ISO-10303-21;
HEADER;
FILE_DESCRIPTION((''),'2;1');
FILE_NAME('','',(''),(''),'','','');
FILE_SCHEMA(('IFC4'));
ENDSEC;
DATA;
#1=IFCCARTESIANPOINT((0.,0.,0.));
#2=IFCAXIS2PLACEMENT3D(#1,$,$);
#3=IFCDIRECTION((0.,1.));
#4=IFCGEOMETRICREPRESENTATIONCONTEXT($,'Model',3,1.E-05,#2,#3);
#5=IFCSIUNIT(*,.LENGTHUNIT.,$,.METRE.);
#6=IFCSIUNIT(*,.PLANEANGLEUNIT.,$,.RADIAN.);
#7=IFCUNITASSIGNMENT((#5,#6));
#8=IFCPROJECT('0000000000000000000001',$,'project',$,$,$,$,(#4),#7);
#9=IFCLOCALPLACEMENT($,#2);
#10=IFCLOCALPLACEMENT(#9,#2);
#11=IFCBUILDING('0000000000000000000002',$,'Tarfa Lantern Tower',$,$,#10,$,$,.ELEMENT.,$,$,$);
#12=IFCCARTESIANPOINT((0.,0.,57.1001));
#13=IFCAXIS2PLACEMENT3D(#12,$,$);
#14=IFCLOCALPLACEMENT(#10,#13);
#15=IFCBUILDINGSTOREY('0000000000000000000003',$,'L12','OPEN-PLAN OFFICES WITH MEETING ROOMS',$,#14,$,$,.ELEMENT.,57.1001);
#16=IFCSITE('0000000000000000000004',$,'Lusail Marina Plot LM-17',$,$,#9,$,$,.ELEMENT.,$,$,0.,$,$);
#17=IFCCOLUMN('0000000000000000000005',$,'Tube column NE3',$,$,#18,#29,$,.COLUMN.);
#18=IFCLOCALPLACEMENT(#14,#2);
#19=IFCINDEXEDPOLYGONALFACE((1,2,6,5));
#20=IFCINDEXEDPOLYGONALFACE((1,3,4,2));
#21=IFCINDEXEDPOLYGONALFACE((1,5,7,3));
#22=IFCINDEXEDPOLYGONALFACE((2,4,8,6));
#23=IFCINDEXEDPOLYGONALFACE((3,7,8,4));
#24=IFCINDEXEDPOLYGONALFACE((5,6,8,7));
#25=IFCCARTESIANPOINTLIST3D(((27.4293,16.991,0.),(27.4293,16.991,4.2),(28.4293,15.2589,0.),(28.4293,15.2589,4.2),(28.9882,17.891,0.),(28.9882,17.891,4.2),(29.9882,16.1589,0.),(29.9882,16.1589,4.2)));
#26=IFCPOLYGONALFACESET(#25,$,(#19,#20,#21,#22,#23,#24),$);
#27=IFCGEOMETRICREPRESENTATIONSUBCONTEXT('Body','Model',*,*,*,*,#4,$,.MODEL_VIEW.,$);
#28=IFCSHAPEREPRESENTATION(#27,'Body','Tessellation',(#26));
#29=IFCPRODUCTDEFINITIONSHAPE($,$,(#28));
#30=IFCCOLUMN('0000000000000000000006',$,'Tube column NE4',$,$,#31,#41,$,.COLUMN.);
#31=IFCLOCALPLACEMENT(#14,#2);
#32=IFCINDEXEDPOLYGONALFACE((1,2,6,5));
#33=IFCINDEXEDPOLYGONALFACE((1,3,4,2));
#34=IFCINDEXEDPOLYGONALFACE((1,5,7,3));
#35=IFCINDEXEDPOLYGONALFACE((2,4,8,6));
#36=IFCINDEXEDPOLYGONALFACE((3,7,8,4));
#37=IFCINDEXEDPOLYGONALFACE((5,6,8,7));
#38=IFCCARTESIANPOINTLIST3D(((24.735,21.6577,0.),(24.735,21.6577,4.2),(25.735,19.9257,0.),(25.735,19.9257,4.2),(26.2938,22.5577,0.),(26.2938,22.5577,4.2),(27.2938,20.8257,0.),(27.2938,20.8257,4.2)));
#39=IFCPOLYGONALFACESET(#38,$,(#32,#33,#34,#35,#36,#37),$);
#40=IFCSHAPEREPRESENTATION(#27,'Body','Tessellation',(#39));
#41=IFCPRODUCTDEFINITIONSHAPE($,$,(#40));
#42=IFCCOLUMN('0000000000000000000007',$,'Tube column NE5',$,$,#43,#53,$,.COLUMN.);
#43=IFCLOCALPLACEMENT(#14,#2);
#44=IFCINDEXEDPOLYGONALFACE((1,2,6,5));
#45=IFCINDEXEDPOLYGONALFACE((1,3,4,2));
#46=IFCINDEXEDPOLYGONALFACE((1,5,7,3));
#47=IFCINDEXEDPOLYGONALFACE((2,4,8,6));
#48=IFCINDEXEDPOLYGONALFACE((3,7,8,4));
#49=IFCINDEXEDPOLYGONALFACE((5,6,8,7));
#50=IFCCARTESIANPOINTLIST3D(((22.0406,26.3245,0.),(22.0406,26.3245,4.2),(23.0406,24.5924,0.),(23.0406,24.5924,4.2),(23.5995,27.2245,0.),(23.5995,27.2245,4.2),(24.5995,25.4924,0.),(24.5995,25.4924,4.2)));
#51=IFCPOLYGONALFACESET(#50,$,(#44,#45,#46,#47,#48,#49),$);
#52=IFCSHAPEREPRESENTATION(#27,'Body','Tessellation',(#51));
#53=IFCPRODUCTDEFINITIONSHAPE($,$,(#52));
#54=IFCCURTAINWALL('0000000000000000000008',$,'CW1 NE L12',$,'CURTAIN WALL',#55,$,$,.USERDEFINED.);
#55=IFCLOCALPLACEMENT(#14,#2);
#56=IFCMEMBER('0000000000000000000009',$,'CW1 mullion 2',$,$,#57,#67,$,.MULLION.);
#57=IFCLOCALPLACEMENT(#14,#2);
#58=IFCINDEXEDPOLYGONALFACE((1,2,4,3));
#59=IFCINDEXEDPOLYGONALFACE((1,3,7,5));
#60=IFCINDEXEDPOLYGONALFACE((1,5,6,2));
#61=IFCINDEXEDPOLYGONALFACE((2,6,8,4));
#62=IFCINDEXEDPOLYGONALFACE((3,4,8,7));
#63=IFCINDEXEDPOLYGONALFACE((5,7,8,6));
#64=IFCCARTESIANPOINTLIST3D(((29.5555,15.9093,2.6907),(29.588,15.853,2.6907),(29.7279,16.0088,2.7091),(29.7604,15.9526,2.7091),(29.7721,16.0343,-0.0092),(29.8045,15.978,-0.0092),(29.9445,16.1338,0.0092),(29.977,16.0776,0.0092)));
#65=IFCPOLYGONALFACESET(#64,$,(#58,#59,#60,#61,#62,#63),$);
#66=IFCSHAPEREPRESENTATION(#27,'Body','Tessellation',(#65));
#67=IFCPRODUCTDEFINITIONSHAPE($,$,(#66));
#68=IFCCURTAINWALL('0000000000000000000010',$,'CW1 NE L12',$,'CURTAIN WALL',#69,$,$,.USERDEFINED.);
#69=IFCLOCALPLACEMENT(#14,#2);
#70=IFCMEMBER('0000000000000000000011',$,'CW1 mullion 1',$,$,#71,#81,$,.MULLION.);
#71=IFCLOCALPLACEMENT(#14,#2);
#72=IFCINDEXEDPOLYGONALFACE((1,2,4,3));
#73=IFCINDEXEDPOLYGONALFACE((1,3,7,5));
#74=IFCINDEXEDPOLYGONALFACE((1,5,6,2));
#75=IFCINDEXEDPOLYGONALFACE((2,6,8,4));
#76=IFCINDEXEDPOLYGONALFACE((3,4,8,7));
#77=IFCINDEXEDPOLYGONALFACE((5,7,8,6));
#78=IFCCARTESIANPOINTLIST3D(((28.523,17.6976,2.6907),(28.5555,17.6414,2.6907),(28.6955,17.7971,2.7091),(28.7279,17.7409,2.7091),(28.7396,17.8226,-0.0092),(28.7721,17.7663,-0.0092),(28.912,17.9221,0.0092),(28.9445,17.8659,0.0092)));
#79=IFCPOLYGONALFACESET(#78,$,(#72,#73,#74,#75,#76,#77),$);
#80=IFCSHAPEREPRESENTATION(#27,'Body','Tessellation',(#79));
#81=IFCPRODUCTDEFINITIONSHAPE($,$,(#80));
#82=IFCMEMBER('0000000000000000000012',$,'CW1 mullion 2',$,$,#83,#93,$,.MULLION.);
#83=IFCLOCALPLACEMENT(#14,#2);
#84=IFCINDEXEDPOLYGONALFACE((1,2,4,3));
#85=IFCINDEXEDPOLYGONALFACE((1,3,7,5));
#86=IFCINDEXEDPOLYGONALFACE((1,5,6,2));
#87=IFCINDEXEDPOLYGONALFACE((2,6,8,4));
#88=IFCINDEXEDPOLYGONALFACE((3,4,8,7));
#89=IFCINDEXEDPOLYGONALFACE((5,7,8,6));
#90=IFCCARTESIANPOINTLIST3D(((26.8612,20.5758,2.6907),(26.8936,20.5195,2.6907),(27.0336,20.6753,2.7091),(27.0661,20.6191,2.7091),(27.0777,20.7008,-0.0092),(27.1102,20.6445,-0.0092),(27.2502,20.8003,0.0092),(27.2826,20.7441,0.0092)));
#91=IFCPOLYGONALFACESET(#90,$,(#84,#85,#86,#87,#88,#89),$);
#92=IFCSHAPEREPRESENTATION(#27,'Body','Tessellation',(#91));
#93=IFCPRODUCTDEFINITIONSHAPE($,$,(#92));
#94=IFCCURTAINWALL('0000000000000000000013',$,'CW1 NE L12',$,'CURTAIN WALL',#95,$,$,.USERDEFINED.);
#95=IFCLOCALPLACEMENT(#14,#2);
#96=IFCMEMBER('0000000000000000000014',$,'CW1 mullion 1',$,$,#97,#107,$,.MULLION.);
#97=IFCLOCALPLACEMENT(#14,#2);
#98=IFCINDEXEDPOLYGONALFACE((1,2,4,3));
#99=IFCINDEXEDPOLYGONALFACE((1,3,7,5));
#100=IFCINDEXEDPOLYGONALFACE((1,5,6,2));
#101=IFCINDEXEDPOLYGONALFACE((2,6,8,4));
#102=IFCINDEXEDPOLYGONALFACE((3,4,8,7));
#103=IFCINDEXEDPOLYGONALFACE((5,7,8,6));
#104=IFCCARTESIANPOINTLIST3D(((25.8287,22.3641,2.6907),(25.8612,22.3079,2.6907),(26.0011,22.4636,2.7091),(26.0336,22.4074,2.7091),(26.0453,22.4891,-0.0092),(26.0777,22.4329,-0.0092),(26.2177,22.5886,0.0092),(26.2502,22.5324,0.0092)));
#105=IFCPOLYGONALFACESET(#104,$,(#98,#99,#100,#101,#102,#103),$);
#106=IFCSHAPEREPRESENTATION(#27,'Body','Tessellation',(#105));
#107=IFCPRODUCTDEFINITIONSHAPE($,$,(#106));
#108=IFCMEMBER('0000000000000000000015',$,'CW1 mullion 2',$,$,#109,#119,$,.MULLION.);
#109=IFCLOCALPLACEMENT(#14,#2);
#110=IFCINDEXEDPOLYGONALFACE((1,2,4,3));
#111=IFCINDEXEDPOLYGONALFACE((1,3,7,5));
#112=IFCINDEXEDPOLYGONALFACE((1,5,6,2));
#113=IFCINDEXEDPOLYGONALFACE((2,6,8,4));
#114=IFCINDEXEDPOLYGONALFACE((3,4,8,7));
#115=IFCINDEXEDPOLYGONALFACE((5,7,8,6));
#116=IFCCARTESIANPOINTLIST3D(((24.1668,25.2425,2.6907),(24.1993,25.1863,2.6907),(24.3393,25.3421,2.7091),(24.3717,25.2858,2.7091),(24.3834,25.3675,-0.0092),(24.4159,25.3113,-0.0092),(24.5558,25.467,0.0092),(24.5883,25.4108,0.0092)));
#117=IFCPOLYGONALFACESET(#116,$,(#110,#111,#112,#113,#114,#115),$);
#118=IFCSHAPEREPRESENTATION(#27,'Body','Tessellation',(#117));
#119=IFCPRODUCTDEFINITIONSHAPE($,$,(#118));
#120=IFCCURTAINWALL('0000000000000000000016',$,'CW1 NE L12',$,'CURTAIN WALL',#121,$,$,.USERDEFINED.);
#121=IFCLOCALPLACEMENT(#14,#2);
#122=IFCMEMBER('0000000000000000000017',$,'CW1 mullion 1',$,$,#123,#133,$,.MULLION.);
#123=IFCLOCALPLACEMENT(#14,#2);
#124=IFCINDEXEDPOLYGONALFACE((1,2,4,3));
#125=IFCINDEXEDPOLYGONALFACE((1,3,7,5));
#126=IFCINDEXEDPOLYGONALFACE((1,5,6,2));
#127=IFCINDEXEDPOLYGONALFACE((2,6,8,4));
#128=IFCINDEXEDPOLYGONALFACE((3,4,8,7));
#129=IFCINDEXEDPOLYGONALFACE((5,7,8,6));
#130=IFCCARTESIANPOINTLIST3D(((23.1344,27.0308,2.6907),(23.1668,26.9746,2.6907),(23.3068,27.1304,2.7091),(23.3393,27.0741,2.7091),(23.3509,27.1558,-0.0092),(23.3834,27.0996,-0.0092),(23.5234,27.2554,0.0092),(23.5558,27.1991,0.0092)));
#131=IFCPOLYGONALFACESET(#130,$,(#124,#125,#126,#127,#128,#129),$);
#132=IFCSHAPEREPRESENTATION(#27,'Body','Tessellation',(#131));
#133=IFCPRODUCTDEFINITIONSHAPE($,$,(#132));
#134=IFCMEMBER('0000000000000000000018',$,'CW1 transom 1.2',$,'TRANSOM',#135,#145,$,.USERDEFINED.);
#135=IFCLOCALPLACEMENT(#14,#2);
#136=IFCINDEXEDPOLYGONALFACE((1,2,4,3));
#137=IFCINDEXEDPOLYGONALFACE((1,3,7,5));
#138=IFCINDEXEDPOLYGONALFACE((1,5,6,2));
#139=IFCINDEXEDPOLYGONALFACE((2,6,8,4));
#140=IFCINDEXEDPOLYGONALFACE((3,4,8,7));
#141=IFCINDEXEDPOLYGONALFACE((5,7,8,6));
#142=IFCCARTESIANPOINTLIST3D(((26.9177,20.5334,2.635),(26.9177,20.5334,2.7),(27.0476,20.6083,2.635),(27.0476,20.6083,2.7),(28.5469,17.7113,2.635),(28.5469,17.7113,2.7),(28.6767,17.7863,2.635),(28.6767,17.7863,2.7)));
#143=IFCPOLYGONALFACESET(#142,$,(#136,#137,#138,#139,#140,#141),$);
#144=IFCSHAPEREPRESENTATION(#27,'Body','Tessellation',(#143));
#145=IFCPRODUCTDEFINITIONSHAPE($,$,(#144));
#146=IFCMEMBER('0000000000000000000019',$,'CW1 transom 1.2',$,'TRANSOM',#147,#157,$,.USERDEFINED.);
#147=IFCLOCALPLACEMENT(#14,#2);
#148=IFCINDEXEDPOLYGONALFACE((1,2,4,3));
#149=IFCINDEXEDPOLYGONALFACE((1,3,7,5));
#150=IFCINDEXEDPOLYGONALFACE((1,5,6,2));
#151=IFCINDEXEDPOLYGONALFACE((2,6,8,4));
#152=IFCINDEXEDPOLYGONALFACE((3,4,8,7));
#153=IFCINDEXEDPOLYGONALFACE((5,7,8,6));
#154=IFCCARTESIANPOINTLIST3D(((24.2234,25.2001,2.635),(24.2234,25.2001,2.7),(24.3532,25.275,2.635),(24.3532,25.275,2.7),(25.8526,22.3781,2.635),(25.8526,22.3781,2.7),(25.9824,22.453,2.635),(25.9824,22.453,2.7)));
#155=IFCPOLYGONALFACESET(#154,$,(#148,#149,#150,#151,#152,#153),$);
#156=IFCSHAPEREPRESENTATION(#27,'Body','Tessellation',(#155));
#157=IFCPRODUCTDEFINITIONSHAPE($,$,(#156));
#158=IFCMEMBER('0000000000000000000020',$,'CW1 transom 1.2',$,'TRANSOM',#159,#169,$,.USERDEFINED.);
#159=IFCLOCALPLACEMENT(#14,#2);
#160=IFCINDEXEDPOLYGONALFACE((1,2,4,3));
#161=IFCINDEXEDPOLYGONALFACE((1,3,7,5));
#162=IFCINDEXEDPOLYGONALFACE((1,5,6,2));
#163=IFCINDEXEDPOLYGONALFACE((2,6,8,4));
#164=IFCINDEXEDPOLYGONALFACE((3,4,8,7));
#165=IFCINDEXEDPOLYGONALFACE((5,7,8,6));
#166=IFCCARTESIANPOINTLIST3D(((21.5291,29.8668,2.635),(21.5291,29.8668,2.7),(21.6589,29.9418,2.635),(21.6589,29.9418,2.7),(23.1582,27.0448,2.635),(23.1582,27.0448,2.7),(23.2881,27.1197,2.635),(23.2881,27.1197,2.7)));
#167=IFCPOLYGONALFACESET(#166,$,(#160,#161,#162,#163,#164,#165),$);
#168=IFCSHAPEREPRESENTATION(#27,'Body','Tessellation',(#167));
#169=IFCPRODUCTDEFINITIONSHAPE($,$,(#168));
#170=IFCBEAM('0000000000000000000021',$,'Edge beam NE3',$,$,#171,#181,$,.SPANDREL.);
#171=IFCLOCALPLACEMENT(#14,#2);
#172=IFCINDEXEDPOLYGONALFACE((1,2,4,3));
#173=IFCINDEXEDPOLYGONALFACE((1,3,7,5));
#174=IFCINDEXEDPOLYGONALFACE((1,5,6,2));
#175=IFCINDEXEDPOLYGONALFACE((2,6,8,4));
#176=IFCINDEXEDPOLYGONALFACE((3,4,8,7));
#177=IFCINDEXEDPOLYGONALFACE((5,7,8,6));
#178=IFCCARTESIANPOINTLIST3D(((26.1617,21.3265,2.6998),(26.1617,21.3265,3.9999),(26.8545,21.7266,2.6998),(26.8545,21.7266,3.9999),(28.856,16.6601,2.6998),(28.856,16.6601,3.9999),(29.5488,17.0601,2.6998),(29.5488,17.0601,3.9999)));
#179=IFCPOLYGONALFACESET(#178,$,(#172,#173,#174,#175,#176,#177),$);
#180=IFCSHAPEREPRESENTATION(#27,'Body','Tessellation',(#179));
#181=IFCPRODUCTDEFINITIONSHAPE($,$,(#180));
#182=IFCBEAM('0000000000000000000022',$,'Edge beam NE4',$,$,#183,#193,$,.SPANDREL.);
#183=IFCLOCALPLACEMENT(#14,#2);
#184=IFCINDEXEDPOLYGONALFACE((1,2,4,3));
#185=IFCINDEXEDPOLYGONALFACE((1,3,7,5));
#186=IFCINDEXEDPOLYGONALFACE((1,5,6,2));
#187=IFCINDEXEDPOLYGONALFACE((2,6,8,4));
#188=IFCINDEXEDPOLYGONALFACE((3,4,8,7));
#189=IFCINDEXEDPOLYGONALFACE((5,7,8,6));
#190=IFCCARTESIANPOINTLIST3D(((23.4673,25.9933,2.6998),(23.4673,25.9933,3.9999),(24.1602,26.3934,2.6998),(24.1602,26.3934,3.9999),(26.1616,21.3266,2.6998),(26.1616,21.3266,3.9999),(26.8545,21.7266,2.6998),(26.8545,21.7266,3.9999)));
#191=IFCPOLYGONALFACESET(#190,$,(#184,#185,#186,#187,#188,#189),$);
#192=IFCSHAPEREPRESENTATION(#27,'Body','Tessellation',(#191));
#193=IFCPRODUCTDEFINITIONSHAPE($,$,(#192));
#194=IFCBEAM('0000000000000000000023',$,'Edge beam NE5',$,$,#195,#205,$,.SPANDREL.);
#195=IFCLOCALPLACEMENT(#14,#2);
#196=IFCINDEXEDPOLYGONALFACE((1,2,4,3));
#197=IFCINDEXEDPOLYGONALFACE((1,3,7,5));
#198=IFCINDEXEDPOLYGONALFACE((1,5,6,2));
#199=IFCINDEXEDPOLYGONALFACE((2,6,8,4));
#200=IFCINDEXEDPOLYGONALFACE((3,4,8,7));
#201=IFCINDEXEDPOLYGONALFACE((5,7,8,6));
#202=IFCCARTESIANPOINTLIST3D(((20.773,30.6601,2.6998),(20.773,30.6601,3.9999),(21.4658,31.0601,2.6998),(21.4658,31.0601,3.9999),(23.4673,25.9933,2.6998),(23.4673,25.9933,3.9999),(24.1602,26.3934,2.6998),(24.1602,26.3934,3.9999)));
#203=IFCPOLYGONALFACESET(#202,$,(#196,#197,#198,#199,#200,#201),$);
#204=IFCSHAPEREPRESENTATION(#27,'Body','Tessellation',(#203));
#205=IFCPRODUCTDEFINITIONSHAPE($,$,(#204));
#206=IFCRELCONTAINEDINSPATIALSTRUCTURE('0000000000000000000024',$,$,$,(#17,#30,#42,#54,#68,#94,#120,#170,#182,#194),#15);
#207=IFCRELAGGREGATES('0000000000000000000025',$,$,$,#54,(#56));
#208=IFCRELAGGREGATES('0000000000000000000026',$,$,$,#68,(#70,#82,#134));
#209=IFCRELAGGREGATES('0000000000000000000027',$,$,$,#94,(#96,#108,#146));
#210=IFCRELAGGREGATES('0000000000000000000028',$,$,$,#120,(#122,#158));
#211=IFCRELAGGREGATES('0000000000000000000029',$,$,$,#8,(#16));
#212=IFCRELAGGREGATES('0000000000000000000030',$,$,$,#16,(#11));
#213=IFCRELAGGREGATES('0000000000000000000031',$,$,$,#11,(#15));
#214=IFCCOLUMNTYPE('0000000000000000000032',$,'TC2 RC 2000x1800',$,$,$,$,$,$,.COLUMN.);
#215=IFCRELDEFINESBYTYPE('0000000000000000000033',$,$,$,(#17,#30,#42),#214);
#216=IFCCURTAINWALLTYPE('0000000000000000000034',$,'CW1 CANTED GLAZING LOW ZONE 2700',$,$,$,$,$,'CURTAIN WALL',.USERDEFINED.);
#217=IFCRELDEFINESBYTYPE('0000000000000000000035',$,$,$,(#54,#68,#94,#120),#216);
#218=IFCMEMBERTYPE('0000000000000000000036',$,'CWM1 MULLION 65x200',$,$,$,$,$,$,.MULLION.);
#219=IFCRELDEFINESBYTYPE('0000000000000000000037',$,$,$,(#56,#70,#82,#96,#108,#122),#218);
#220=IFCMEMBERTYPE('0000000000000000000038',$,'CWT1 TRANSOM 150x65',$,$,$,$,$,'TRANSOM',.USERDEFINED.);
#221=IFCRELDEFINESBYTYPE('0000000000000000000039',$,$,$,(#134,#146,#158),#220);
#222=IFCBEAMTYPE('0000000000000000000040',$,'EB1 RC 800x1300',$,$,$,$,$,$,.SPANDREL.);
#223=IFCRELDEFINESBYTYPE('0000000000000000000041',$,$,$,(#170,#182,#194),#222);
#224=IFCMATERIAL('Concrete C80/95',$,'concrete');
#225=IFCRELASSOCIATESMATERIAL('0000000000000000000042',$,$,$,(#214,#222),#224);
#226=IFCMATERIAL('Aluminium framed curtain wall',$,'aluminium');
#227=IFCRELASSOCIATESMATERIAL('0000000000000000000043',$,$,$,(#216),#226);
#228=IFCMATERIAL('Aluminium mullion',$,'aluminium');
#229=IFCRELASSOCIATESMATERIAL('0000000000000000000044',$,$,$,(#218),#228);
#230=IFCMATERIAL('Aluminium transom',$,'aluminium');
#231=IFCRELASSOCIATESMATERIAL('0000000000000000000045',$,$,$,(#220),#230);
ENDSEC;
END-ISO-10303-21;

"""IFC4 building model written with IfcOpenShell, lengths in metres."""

from ifc_helpers import new_model, si_unit, direction, frame, origin, origin_2d, place, context, subcontext, project, spatial, rectangle, extrude, material, material_profile, profile_set, type_object, element, aggregate, save


model = new_model("IFC4")

# Units and contexts
model_context = context("Model", 3, precision=1e-05, world=origin(), true_north=direction((0.0, 1.0)))
body_context = subcontext(model_context, "Body", "Model", "MODEL_VIEW")
ifc_project = project(units=[si_unit("LENGTHUNIT", "METRE"), si_unit("PLANEANGLEUNIT", "RADIAN")], contexts=[model_context])

# Site, building, storey
site_placement = place(None, origin())
site = spatial("IfcSite", under=ifc_project, at=site_placement, Name="Lusail Marina Plot LM-17", CompositionType="ELEMENT", RefElevation=0.0)
building_placement = place(site_placement, origin())
building = spatial("IfcBuilding", under=site, at=building_placement, Name="Tarfa Lantern Tower", CompositionType="ELEMENT")
storey_placement = place(building_placement, frame((0.0, 0.0, 57.1001)))
storey = spatial("IfcBuildingStorey", under=building, at=storey_placement, Name="L12", Description="OPEN-PLAN OFFICES WITH MEETING ROOMS", CompositionType="ELEMENT", Elevation=57.1001)

# Columns
ifc_material_1 = material(Name="Concrete C80/95", Category="concrete")
ifc_material_profile_1 = material_profile(ifc_material_1, rectangle(XDim=2.0, YDim=1.8, at=origin_2d()), Name="RC 2000x1800")
ifc_profile_set_1 = profile_set([ifc_material_profile_1], Name="Concrete C80/95")
column_type = type_object("IfcColumnType", Name="TC2 RC 2000x1800", PredefinedType="COLUMN", material=ifc_profile_set_1)
for number, where, z_axis, x_axis, name in (
    (1, (28.7087, 16.575, 0.0), (0.0, 0.0, 1.0), (-0.5, 0.866025, 0.0), "Tube column NE3"),
    (2, (26.0144, 21.2417, 0.0), (0.0, 0.0, 1.0), (-0.5, 0.866025, 0.0), "Tube column NE4"),
    (3, (23.3201, 25.9084, 0.0), (0.0, 0.0, 1.0), (-0.5, 0.866025, 0.0), "Tube column NE5"),
):
    element("IfcColumn", number, at=place(storey_placement, frame(where, z_axis=z_axis, x_axis=x_axis)), inside=storey, type_object=column_type, Name=name, PredefinedType="COLUMN", context=body_context, shape_type="SweptSolid", body=[
        extrude(rectangle(XDim=2.0, YDim=1.8, at=origin_2d()), origin(), (0.0, 0.0, 1.0), 4.2),
    ])

# Curtain wall, member
ifc_material_2 = material(Name="Aluminium framed curtain wall", Category="aluminium")
curtain_wall_type = type_object("IfcCurtainWallType", Name="CW1 CANTED GLAZING LOW ZONE 2700", ElementType="CURTAIN WALL", PredefinedType="USERDEFINED", material=ifc_material_2)
curtain_wall_1_placement = place(storey_placement, origin())
curtain_wall_1 = element("IfcCurtainWall", 4, at=curtain_wall_1_placement, inside=storey, type_object=curtain_wall_type, Name="CW1 NE L12", ObjectType="CURTAIN WALL", PredefinedType="USERDEFINED")
ifc_material_3 = material(Name="Aluminium mullion", Category="aluminium")
ifc_material_profile_2 = material_profile(ifc_material_3, rectangle(XDim=0.0649, YDim=0.2, at=origin_2d()), Name="AL MULLION 65x200")
ifc_profile_set_2 = profile_set([ifc_material_profile_2], Name="Aluminium mullion")
member_type_1 = type_object("IfcMemberType", Name="CWM1 MULLION 65x200", PredefinedType="MULLION", material=ifc_profile_set_2)
member_1_placement = place(storey_placement, frame((29.8745, 16.0559, 0.0), z_axis=(-0.079864, -0.0461, 0.995739), x_axis=(0.49992, -0.866072, 0.0)))
member_1 = element("IfcMember", 5, at=member_1_placement, type_object=member_type_1, Name="CW1 mullion 2", PredefinedType="MULLION", context=body_context, shape_type="SweptSolid", body=[
    extrude(rectangle(XDim=0.0649, YDim=0.2, at=origin_2d()), origin(), (0.0, 0.0, 1.0), 2.7114),
])
aggregate(curtain_wall_1, [member_1])

# Curtain walls, members
curtain_wall_2_placement = place(storey_placement, origin())
curtain_wall_2 = element("IfcCurtainWall", 6, at=curtain_wall_2_placement, inside=storey, type_object=curtain_wall_type, Name="CW1 NE L12", ObjectType="CURTAIN WALL", PredefinedType="USERDEFINED")
member_2_placement = place(storey_placement, frame((28.842, 17.8442, 0.0), z_axis=(-0.079864, -0.0461, 0.995739), x_axis=(0.49992, -0.866072, 0.0)))
member_2 = element("IfcMember", 7, at=member_2_placement, type_object=member_type_1, Name="CW1 mullion 1", PredefinedType="MULLION", context=body_context, shape_type="SweptSolid", body=[
    extrude(rectangle(XDim=0.0649, YDim=0.2, at=origin_2d()), origin(), (0.0, 0.0, 1.0), 2.7114),
])
member_3_placement = place(storey_placement, frame((27.1802, 20.7224, 0.0), z_axis=(-0.079864, -0.0461, 0.995739), x_axis=(0.49992, -0.866072, 0.0)))
member_3 = element("IfcMember", 8, at=member_3_placement, type_object=member_type_1, Name="CW1 mullion 2", PredefinedType="MULLION", context=body_context, shape_type="SweptSolid", body=[
    extrude(rectangle(XDim=0.0649, YDim=0.2, at=origin_2d()), origin(), (0.0, 0.0, 1.0), 2.7114),
])
curtain_wall_3_placement = place(storey_placement, origin())
curtain_wall_3 = element("IfcCurtainWall", 9, at=curtain_wall_3_placement, inside=storey, type_object=curtain_wall_type, Name="CW1 NE L12", ObjectType="CURTAIN WALL", PredefinedType="USERDEFINED")
member_4_placement = place(storey_placement, frame((26.1477, 22.5107, 0.0), z_axis=(-0.079864, -0.0461, 0.995739), x_axis=(0.49992, -0.866072, 0.0)))
member_4 = element("IfcMember", 10, at=member_4_placement, type_object=member_type_1, Name="CW1 mullion 1", PredefinedType="MULLION", context=body_context, shape_type="SweptSolid", body=[
    extrude(rectangle(XDim=0.0649, YDim=0.2, at=origin_2d()), origin(), (0.0, 0.0, 1.0), 2.7114),
])
member_5_placement = place(storey_placement, frame((24.4858, 25.3892, 0.0), z_axis=(-0.079864, -0.0461, 0.995739), x_axis=(0.49992, -0.866072, 0.0)))
member_5 = element("IfcMember", 11, at=member_5_placement, type_object=member_type_1, Name="CW1 mullion 2", PredefinedType="MULLION", context=body_context, shape_type="SweptSolid", body=[
    extrude(rectangle(XDim=0.0649, YDim=0.2, at=origin_2d()), origin(), (0.0, 0.0, 1.0), 2.7114),
])

# Curtain wall, member
curtain_wall_4_placement = place(storey_placement, origin())
curtain_wall_4 = element("IfcCurtainWall", 12, at=curtain_wall_4_placement, inside=storey, type_object=curtain_wall_type, Name="CW1 NE L12", ObjectType="CURTAIN WALL", PredefinedType="USERDEFINED")
member_6_placement = place(storey_placement, frame((23.4534, 27.1775, 0.0), z_axis=(-0.079864, -0.0461, 0.995739), x_axis=(0.49992, -0.866072, 0.0)))
member_6 = element("IfcMember", 13, at=member_6_placement, type_object=member_type_1, Name="CW1 mullion 1", PredefinedType="MULLION", context=body_context, shape_type="SweptSolid", body=[
    extrude(rectangle(XDim=0.0649, YDim=0.2, at=origin_2d()), origin(), (0.0, 0.0, 1.0), 2.7114),
])

# Members
ifc_material_4 = material(Name="Aluminium transom", Category="aluminium")
ifc_material_profile_3 = material_profile(ifc_material_4, rectangle(XDim=0.1499, YDim=0.0649, at=origin_2d()), Name="AL TRANSOM 150x65")
ifc_profile_set_3 = profile_set([ifc_material_profile_3], Name="Aluminium transom")
member_type_2 = type_object("IfcMemberType", Name="CWT1 TRANSOM 150x65", ElementType="TRANSOM", PredefinedType="USERDEFINED", material=ifc_profile_set_3)
member_7_placement = place(storey_placement, frame((28.6118, 17.7488, 2.6675), z_axis=(-0.499967, 0.866045, 0.0), x_axis=(-0.866045, -0.499967, 0.0)))
member_7 = element("IfcMember", 14, at=member_7_placement, type_object=member_type_2, Name="CW1 transom 1.2", ObjectType="TRANSOM", PredefinedType="USERDEFINED", context=body_context, shape_type="SweptSolid", body=[
    extrude(rectangle(XDim=0.1499, YDim=0.0649, at=origin_2d()), origin(), (0.0, 0.0, 1.0), 3.2585),
])
member_8_placement = place(storey_placement, frame((25.9175, 22.4155, 2.6675), z_axis=(-0.499967, 0.866045, 0.0), x_axis=(-0.866045, -0.499967, 0.0)))
member_8 = element("IfcMember", 15, at=member_8_placement, type_object=member_type_2, Name="CW1 transom 1.2", ObjectType="TRANSOM", PredefinedType="USERDEFINED", context=body_context, shape_type="SweptSolid", body=[
    extrude(rectangle(XDim=0.1499, YDim=0.0649, at=origin_2d()), origin(), (0.0, 0.0, 1.0), 3.2585),
])
member_9_placement = place(storey_placement, frame((23.2231, 27.0823, 2.6675), z_axis=(-0.499967, 0.866045, 0.0), x_axis=(-0.866045, -0.499967, 0.0)))
member_9 = element("IfcMember", 16, at=member_9_placement, type_object=member_type_2, Name="CW1 transom 1.2", ObjectType="TRANSOM", PredefinedType="USERDEFINED", context=body_context, shape_type="SweptSolid", body=[
    extrude(rectangle(XDim=0.1499, YDim=0.0649, at=origin_2d()), origin(), (0.0, 0.0, 1.0), 3.2585),
])

# Beams
ifc_material_profile_4 = material_profile(ifc_material_1, rectangle(XDim=0.8, YDim=1.3, at=origin_2d()), Name="RC 800x1300")
ifc_profile_set_4 = profile_set([ifc_material_profile_4], Name="Concrete C80/95")
beam_type_1 = type_object("IfcBeamType", Name="EB1 RC 800x1300", PredefinedType="SPANDREL", material=ifc_profile_set_4)
beam_1_placement = place(storey_placement, frame((29.2024, 16.8601, 3.3499), z_axis=(-0.500018, 0.866015, 0.0), x_axis=(-0.866015, -0.500018, 0.0)))
element("IfcBeam", 17, at=beam_1_placement, inside=storey, type_object=beam_type_1, Name="Edge beam NE3", PredefinedType="SPANDREL", context=body_context, shape_type="SweptSolid", body=[
    extrude(rectangle(XDim=0.8, YDim=1.3, at=origin_2d()), origin(), (0.0, 0.0, 1.0), 5.3884),
])
for number, where, z_axis, x_axis, name in (
    (18, (26.5081, 21.5266, 3.3499), (-0.499998, 0.866026, 0.0), (-0.866026, -0.499998, 0.0), "Edge beam NE4"),
    (19, (23.8137, 26.1934, 3.3499), (-0.499998, 0.866026, 0.0), (-0.866026, -0.499998, 0.0), "Edge beam NE5"),
):
    element("IfcBeam", number, at=place(storey_placement, frame(where, z_axis=z_axis, x_axis=x_axis)), inside=storey, type_object=beam_type_1, Name=name, PredefinedType="SPANDREL", context=body_context, shape_type="SweptSolid", body=[
        extrude(rectangle(XDim=0.8, YDim=1.3, at=origin_2d()), origin(), (0.0, 0.0, 1.0), 5.3887),
    ])

aggregate(curtain_wall_2, [member_2, member_3, member_7])
aggregate(curtain_wall_3, [member_4, member_5, member_8])
aggregate(curtain_wall_4, [member_6, member_9])

save(model, "model.ifc")
